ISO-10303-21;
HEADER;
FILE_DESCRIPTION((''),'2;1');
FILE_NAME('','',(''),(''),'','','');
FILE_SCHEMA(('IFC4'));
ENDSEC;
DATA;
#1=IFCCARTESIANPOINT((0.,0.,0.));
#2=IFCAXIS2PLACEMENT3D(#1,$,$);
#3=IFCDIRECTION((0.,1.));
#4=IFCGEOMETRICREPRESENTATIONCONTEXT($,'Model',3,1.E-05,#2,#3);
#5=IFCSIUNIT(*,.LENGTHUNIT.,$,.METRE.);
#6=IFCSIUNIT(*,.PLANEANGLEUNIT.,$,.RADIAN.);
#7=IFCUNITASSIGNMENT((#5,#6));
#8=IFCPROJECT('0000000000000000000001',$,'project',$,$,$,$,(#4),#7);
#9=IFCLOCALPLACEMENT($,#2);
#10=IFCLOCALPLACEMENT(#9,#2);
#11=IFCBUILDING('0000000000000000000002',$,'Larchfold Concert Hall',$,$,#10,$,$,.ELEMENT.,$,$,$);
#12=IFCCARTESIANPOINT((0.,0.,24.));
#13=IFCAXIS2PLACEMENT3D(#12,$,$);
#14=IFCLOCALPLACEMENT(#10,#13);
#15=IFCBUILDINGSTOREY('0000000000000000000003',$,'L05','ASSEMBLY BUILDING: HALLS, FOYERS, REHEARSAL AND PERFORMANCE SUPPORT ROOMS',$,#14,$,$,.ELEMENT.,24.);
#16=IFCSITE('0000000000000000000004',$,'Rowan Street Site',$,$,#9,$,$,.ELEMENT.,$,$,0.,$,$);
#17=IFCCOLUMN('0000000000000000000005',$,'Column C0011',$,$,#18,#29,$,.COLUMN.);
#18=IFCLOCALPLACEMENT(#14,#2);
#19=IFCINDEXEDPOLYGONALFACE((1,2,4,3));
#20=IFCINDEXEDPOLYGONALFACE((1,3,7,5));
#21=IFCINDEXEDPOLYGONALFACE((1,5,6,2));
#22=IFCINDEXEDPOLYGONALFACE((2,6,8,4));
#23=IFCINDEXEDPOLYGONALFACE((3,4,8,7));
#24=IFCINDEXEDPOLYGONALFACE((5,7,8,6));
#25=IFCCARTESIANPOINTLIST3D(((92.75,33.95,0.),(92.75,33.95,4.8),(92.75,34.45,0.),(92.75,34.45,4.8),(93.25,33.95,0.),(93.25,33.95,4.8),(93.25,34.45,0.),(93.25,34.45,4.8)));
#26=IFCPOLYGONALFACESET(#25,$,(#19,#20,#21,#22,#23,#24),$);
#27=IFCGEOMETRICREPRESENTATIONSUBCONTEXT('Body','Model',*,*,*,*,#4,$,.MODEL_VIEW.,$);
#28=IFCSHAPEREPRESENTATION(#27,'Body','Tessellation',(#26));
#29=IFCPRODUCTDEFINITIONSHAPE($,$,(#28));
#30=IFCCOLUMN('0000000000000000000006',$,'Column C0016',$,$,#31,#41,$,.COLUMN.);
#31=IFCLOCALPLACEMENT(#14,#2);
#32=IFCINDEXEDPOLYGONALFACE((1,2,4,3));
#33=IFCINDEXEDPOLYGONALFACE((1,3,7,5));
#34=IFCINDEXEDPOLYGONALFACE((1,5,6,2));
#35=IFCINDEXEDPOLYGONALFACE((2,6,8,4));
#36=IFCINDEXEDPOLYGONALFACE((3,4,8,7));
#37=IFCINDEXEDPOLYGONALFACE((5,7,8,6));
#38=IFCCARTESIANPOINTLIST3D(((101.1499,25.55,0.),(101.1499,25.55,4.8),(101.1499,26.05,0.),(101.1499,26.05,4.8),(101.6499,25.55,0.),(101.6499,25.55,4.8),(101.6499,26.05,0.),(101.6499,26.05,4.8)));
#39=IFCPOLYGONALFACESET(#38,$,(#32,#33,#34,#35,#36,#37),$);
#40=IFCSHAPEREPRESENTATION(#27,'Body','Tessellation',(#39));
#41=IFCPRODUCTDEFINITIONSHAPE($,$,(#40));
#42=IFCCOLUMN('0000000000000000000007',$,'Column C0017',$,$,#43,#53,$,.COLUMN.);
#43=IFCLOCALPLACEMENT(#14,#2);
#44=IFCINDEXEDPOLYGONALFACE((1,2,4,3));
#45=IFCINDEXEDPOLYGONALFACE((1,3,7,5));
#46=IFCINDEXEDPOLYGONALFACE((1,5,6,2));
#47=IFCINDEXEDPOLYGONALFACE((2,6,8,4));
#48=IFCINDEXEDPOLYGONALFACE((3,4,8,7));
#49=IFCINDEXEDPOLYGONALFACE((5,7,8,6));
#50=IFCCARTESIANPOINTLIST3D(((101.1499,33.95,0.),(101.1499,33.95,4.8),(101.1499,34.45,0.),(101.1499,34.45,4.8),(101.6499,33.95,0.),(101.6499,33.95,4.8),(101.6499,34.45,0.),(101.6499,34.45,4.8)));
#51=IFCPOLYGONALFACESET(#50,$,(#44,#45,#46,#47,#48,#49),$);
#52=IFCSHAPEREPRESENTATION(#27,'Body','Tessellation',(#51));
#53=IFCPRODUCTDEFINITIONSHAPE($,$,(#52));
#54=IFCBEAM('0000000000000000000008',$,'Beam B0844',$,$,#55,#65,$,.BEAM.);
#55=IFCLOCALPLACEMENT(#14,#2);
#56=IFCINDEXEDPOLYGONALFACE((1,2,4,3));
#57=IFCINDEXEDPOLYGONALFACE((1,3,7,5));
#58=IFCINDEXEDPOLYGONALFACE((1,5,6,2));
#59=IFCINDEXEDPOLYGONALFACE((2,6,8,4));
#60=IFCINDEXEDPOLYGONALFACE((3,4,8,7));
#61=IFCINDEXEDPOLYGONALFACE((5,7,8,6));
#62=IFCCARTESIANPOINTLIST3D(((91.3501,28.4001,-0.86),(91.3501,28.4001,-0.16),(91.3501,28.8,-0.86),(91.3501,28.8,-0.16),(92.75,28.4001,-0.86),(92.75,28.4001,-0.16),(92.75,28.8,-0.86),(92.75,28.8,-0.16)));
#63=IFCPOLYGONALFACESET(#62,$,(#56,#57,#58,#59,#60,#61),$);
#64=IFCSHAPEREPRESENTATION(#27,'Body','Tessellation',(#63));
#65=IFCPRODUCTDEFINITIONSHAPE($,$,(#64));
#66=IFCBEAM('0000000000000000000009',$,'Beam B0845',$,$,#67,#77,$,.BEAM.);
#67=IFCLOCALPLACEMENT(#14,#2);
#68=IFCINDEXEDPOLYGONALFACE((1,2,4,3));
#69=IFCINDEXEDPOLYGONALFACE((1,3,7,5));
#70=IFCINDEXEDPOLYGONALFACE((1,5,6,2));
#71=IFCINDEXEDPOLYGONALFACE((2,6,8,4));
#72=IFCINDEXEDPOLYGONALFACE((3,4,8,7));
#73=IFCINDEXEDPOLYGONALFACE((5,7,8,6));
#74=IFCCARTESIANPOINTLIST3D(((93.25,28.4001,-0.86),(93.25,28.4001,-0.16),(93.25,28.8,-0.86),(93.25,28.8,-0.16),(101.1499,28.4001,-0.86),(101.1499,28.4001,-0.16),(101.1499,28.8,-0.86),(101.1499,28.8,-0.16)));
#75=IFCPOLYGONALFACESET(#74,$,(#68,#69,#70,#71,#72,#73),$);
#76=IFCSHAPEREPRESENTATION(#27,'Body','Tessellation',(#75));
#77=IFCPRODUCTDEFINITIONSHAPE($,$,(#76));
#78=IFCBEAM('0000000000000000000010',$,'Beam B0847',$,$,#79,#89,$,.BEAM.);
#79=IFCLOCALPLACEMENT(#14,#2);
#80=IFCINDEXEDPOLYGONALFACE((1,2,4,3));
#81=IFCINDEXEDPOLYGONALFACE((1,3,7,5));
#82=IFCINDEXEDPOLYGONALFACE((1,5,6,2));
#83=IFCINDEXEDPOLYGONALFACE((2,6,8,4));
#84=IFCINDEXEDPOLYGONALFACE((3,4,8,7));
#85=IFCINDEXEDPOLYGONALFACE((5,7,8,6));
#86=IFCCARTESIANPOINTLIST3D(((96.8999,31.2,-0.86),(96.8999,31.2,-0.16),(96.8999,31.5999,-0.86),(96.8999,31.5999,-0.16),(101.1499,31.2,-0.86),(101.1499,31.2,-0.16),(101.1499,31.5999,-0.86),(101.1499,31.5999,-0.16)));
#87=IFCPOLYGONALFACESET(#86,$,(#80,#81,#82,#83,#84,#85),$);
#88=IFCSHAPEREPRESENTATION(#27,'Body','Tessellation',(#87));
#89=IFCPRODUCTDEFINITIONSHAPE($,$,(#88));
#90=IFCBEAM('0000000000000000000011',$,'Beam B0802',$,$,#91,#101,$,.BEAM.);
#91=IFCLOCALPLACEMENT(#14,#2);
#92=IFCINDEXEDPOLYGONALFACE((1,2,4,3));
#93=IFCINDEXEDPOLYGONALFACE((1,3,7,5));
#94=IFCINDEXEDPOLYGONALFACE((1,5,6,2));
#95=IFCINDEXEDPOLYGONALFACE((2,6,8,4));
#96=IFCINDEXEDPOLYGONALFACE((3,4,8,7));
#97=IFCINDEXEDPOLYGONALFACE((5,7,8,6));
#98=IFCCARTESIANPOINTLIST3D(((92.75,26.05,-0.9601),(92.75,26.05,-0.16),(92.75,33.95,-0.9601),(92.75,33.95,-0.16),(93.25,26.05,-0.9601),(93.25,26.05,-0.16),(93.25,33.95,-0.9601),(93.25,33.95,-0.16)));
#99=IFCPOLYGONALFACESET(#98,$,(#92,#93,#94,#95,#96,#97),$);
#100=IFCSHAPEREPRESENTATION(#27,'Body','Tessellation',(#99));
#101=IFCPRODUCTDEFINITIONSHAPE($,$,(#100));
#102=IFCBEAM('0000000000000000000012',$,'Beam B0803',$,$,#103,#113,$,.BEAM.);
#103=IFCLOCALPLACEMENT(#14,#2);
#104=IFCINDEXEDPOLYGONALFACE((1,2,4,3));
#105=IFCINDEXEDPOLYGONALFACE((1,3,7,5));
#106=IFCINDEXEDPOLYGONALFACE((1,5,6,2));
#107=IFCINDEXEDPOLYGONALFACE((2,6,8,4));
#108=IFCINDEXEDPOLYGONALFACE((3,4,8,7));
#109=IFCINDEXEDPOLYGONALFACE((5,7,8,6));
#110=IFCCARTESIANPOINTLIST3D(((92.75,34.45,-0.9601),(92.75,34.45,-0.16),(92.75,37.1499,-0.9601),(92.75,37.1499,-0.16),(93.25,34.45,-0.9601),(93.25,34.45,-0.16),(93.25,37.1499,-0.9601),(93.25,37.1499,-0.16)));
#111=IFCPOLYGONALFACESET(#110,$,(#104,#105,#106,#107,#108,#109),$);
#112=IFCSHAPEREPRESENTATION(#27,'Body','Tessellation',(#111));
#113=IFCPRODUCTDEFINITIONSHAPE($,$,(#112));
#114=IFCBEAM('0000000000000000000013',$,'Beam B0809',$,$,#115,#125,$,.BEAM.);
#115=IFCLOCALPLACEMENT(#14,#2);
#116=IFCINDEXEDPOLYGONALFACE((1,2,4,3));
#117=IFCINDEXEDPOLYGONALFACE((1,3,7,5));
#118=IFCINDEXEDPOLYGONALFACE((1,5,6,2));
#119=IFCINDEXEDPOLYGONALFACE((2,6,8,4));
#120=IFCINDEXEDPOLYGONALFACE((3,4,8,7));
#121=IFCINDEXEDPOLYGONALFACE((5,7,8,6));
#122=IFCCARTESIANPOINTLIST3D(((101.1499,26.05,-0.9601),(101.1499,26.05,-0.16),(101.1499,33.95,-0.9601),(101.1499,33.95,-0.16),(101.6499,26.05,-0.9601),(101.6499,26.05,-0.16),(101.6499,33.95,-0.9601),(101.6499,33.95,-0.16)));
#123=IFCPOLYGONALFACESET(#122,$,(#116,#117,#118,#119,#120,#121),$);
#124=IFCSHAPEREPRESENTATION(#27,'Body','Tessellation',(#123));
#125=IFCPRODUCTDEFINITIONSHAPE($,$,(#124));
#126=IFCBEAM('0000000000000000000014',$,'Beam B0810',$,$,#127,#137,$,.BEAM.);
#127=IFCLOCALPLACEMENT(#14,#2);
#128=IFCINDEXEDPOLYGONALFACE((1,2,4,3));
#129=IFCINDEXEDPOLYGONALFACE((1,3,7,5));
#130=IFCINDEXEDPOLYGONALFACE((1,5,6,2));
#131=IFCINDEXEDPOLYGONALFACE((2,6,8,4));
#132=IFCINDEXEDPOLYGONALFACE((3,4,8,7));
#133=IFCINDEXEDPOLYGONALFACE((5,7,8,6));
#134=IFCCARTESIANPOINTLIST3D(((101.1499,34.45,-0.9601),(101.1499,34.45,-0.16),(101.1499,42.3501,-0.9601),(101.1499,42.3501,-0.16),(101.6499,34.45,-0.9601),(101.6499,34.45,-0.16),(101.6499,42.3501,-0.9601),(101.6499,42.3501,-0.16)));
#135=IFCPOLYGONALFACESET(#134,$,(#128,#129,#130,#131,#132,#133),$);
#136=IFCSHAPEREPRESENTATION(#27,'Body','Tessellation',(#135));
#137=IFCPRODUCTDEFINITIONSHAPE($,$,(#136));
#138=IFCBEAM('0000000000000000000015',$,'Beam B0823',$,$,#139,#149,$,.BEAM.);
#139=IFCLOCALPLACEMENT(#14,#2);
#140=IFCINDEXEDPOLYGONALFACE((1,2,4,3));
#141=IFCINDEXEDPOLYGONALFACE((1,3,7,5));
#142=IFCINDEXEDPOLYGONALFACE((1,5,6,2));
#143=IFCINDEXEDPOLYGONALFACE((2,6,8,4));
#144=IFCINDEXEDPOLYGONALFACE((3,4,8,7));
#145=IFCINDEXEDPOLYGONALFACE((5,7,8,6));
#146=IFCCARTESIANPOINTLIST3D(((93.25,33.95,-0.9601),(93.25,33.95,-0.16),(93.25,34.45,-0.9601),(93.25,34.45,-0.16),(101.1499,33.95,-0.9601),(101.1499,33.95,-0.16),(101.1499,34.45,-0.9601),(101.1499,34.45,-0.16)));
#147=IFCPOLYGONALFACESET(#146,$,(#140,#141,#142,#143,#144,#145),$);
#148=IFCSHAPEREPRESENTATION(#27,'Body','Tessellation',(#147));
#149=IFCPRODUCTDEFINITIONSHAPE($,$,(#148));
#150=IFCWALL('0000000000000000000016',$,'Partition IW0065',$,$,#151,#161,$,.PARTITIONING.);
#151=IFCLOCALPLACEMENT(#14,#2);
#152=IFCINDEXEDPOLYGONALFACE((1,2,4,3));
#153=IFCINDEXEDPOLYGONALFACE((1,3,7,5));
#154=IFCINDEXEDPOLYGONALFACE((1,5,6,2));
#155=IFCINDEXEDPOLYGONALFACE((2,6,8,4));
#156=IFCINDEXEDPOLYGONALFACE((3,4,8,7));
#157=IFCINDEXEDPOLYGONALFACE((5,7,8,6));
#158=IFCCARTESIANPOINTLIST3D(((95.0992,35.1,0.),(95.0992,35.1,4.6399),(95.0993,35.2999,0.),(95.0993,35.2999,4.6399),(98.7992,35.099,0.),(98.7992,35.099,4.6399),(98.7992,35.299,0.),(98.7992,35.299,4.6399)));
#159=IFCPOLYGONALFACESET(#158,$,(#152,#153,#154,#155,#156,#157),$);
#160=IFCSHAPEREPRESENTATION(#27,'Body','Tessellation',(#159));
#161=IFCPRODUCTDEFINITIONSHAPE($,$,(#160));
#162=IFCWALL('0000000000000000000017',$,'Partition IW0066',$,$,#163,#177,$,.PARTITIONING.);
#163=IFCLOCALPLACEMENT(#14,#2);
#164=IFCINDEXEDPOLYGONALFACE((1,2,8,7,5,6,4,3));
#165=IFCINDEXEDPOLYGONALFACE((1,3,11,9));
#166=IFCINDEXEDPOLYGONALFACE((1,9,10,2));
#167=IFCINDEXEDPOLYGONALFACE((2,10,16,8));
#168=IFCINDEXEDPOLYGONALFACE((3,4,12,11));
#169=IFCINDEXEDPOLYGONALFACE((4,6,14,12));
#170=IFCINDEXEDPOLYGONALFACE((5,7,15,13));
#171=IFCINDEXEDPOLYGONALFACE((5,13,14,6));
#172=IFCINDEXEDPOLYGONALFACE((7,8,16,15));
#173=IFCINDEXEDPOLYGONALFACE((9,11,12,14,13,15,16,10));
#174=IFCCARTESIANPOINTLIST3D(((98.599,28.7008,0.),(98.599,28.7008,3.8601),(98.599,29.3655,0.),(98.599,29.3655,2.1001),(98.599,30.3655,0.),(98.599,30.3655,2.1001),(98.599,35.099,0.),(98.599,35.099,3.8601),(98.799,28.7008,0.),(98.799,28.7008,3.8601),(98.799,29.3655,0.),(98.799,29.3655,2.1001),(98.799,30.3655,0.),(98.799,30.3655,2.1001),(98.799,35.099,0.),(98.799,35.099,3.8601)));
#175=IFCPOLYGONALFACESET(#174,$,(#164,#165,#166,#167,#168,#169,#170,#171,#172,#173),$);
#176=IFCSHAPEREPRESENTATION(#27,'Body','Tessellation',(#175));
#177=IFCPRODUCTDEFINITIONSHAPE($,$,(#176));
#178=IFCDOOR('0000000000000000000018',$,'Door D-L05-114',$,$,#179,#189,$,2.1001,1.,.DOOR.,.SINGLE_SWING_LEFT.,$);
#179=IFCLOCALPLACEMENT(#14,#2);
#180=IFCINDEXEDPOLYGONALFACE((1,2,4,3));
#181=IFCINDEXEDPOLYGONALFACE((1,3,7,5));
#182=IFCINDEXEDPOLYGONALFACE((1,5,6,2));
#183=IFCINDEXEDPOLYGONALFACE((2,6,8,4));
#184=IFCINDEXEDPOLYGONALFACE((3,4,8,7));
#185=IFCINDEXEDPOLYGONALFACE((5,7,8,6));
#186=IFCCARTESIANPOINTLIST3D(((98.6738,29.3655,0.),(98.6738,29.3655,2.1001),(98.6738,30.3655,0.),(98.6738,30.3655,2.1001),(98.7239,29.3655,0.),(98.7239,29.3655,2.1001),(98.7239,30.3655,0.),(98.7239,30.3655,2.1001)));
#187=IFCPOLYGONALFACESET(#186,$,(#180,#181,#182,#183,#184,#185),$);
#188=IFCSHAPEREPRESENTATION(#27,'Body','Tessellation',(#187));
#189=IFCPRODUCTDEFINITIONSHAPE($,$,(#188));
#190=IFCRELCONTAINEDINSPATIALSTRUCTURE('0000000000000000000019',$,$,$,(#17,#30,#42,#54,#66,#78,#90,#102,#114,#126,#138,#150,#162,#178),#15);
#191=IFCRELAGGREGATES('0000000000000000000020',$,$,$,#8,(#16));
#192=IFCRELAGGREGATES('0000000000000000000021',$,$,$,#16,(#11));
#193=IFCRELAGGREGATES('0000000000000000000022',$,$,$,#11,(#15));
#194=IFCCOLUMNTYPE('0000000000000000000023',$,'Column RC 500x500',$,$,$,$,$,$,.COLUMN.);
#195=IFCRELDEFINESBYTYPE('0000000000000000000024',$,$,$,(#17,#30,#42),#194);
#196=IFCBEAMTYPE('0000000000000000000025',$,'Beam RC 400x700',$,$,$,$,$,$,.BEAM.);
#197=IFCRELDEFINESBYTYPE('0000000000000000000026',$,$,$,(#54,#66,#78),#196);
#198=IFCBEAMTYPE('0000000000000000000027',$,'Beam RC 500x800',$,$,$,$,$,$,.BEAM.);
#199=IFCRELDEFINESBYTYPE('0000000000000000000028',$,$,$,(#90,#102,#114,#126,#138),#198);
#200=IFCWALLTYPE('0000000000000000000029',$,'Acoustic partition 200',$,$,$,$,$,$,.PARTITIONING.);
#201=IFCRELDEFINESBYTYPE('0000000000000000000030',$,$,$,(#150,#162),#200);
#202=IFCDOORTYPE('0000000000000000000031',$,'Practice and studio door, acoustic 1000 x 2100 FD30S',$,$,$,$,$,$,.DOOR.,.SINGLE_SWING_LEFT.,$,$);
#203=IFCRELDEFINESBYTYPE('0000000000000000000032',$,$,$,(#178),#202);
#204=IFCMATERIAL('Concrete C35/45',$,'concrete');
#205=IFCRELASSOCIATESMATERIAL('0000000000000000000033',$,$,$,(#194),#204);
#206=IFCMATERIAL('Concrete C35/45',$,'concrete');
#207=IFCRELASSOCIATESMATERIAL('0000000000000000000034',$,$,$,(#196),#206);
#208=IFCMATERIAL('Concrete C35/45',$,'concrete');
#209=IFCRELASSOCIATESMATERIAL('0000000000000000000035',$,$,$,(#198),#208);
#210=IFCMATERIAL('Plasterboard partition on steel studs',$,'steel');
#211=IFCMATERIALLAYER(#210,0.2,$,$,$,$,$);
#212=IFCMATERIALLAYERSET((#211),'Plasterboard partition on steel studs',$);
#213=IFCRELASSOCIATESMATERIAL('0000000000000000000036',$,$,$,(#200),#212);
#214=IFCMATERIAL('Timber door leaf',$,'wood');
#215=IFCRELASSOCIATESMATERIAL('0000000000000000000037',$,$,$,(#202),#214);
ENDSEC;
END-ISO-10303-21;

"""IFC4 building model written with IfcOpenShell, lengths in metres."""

from ifc_helpers import new_model, si_unit, direction, frame, frame_2d, origin, origin_2d, place, context, subcontext, project, spatial, rectangle, extrude, material, layer, layer_set, material_profile, profile_set, type_object, element, fill, save


model = new_model("IFC4")

# Units and contexts
model_context = context("Model", 3, precision=1e-05, world=origin(), true_north=direction((0.0, 1.0)))
body_context = subcontext(model_context, "Body", "Model", "MODEL_VIEW")
ifc_project = project(units=[si_unit("LENGTHUNIT", "METRE"), si_unit("PLANEANGLEUNIT", "RADIAN")], contexts=[model_context])

# Site, building, storey
site_placement = place(None, origin())
site = spatial("IfcSite", under=ifc_project, at=site_placement, Name="Rowan Street Site", CompositionType="ELEMENT", RefElevation=0.0)
building_placement = place(site_placement, origin())
building = spatial("IfcBuilding", under=site, at=building_placement, Name="Larchfold Concert Hall", CompositionType="ELEMENT")
storey_placement = place(building_placement, frame((0.0, 0.0, 24.0)))
storey = spatial("IfcBuildingStorey", under=building, at=storey_placement, Name="L05", Description="ASSEMBLY BUILDING: HALLS, FOYERS, REHEARSAL AND PERFORMANCE SUPPORT ROOMS", CompositionType="ELEMENT", Elevation=24.0)

# Columns
ifc_material_1 = material(Name="Concrete C35/45", Category="concrete")
ifc_material_profile_1 = material_profile(ifc_material_1, rectangle(XDim=0.5, YDim=0.5, at=origin_2d()))
ifc_profile_set_1 = profile_set([ifc_material_profile_1], Name="Concrete C35/45")
column_type = type_object("IfcColumnType", Name="Column RC 500x500", PredefinedType="COLUMN", material=ifc_profile_set_1)
for number, where, z_axis, x_axis, name in (
    (1, (93.0, 34.2, 0.0), (0.0, 0.0, 1.0), (1.0, 0.0, 0.0), "Column C0011"),
    (2, (101.3999, 25.8, 0.0), (0.0, 0.0, 1.0), (1.0, 0.0, 0.0), "Column C0016"),
    (3, (101.3999, 34.2, 0.0), (0.0, 0.0, 1.0), (1.0, 0.0, 0.0), "Column C0017"),
):
    element("IfcColumn", number, at=place(storey_placement, frame(where, z_axis=z_axis, x_axis=x_axis)), inside=storey, type_object=column_type, Name=name, PredefinedType="COLUMN", context=body_context, shape_type="SweptSolid", body=[
        extrude(rectangle(XDim=0.5, YDim=0.5, at=origin_2d()), origin(), (0.0, 0.0, 1.0), 4.8),
    ])

# Beams
ifc_material_2 = material(Name="Concrete C35/45", Category="concrete")
ifc_material_profile_2 = material_profile(ifc_material_2, rectangle(XDim=0.3999, YDim=0.7, at=origin_2d()))
ifc_profile_set_2 = profile_set([ifc_material_profile_2], Name="Concrete C35/45")
beam_type_1 = type_object("IfcBeamType", Name="Beam RC 400x700", PredefinedType="BEAM", material=ifc_profile_set_2)
beam_1_placement = place(storey_placement, frame((91.3501, 28.6001, -0.51), z_axis=(1.0, 0.0, 0.0), x_axis=(0.0, 1.0, 0.0)))
element("IfcBeam", 4, at=beam_1_placement, inside=storey, type_object=beam_type_1, Name="Beam B0844", PredefinedType="BEAM", context=body_context, shape_type="SweptSolid", body=[
    extrude(rectangle(XDim=0.3999, YDim=0.7, at=origin_2d()), origin(), (0.0, 0.0, 1.0), 1.3999),
])
beam_2_placement = place(storey_placement, frame((93.25, 28.6001, -0.51), z_axis=(1.0, 0.0, 0.0), x_axis=(0.0, 1.0, 0.0)))
element("IfcBeam", 5, at=beam_2_placement, inside=storey, type_object=beam_type_1, Name="Beam B0845", PredefinedType="BEAM", context=body_context, shape_type="SweptSolid", body=[
    extrude(rectangle(XDim=0.3999, YDim=0.7, at=origin_2d()), origin(), (0.0, 0.0, 1.0), 7.8999),
])
beam_3_placement = place(storey_placement, frame((96.8999, 31.3999, -0.51), z_axis=(1.0, 0.0, 0.0), x_axis=(0.0, 1.0, 0.0)))
element("IfcBeam", 6, at=beam_3_placement, inside=storey, type_object=beam_type_1, Name="Beam B0847", PredefinedType="BEAM", context=body_context, shape_type="SweptSolid", body=[
    extrude(rectangle(XDim=0.3999, YDim=0.7, at=origin_2d()), origin(), (0.0, 0.0, 1.0), 4.25),
])
ifc_material_3 = material(Name="Concrete C35/45", Category="concrete")
ifc_material_profile_3 = material_profile(ifc_material_3, rectangle(XDim=0.5, YDim=0.8, at=origin_2d()))
ifc_profile_set_3 = profile_set([ifc_material_profile_3], Name="Concrete C35/45")
beam_type_2 = type_object("IfcBeamType", Name="Beam RC 500x800", PredefinedType="BEAM", material=ifc_profile_set_3)
beam_4_placement = place(storey_placement, frame((93.0, 26.05, -0.5601), z_axis=(0.0, 1.0, 0.0), x_axis=(-1.0, 0.0, 0.0)))
element("IfcBeam", 7, at=beam_4_placement, inside=storey, type_object=beam_type_2, Name="Beam B0802", PredefinedType="BEAM", context=body_context, shape_type="SweptSolid", body=[
    extrude(rectangle(XDim=0.5, YDim=0.8, at=origin_2d()), origin(), (0.0, 0.0, 1.0), 7.8999),
])
beam_5_placement = place(storey_placement, frame((93.0, 34.45, -0.5601), z_axis=(0.0, 1.0, 0.0), x_axis=(-1.0, 0.0, 0.0)))
element("IfcBeam", 8, at=beam_5_placement, inside=storey, type_object=beam_type_2, Name="Beam B0803", PredefinedType="BEAM", context=body_context, shape_type="SweptSolid", body=[
    extrude(rectangle(XDim=0.5, YDim=0.8, at=origin_2d()), origin(), (0.0, 0.0, 1.0), 2.7),
])
beam_6_placement = place(storey_placement, frame((101.3999, 26.05, -0.5601), z_axis=(0.0, 1.0, 0.0), x_axis=(-1.0, 0.0, 0.0)))
element("IfcBeam", 9, at=beam_6_placement, inside=storey, type_object=beam_type_2, Name="Beam B0809", PredefinedType="BEAM", context=body_context, shape_type="SweptSolid", body=[
    extrude(rectangle(XDim=0.5, YDim=0.8, at=origin_2d()), origin(), (0.0, 0.0, 1.0), 7.8999),
])
beam_7_placement = place(storey_placement, frame((101.3999, 34.45, -0.5601), z_axis=(0.0, 1.0, 0.0), x_axis=(-1.0, 0.0, 0.0)))
element("IfcBeam", 10, at=beam_7_placement, inside=storey, type_object=beam_type_2, Name="Beam B0810", PredefinedType="BEAM", context=body_context, shape_type="SweptSolid", body=[
    extrude(rectangle(XDim=0.5, YDim=0.8, at=origin_2d()), origin(), (0.0, 0.0, 1.0), 7.9001),
])
beam_8_placement = place(storey_placement, frame((93.25, 34.2, -0.5601), z_axis=(1.0, 0.0, 0.0), x_axis=(0.0, 1.0, 0.0)))
element("IfcBeam", 11, at=beam_8_placement, inside=storey, type_object=beam_type_2, Name="Beam B0823", PredefinedType="BEAM", context=body_context, shape_type="SweptSolid", body=[
    extrude(rectangle(XDim=0.5, YDim=0.8, at=origin_2d()), origin(), (0.0, 0.0, 1.0), 7.8999),
])

# Wall
ifc_material_4 = material(Name="Plasterboard partition on steel studs", Category="steel")
ifc_layer_1 = layer(ifc_material_4, 0.2)
ifc_layer_set_1 = layer_set([ifc_layer_1], Name="Plasterboard partition on steel studs")
wall_type_1 = type_object("IfcWallType", Name="Acoustic partition 200", PredefinedType="PARTITIONING", material=ifc_layer_set_1)
wall_1_placement = place(storey_placement, frame((95.0991, 35.2, 0.0), z_axis=(0.0, 0.0, 1.0), x_axis=(1.0, -0.000264, 0.0)))
element("IfcWall", 12, at=wall_1_placement, inside=storey, type_object=wall_type_1, Name="Partition IW0065", PredefinedType="PARTITIONING", context=body_context, shape_type="SweptSolid", body=[
    extrude(rectangle(XDim=3.7, YDim=0.2, at=frame_2d((1.8501, 0.0))), origin(), (0.0, 0.0, 1.0), 4.6399),
])

# Wall, opening, door
wall_2_placement = place(storey_placement, frame((98.699, 35.0991, 0.0), z_axis=(0.0, 0.0, 1.0), x_axis=(0.0, -1.0, 0.0)))
wall_2 = element("IfcWall", 13, at=wall_2_placement, inside=storey, type_object=wall_type_1, Name="Partition IW0066", PredefinedType="PARTITIONING", context=body_context, shape_type="SweptSolid", body=[
    extrude(rectangle(XDim=6.3982, YDim=0.2, at=frame_2d((3.1992, 0.0))), origin(), (0.0, 0.0, 1.0), 3.8601),
])
opening_1_placement = place(wall_2_placement, frame((4.7336, 0.0, 0.0)))
opening_1 = element("IfcOpeningElement", 14, at=opening_1_placement, cuts=wall_2, PredefinedType="OPENING", context=body_context, shape_type="SweptSolid", body=[
    extrude(rectangle(XDim=1.0, YDim=2.1001, at=frame_2d((0.5, 1.05))), frame((0.0, 0.1099, 0.0), z_axis=(0.0, -1.0, 0.0), x_axis=(1.0, 0.0, 0.0)), (0.0, 0.0, 1.0), 0.22),
])
ifc_material_5 = material(Name="Timber door leaf", Category="wood")
door_type_1 = type_object("IfcDoorType", Name="Practice and studio door, acoustic 1000 x 2100 FD30S", OperationType="SINGLE_SWING_LEFT", PredefinedType="DOOR", material=ifc_material_5)
door_1_placement = place(opening_1_placement, origin())
door_1 = element("IfcDoor", 15, at=door_1_placement, inside=storey, type_object=door_type_1, Name="Door D-L05-114", OperationType="SINGLE_SWING_LEFT", OverallHeight=2.1001, OverallWidth=1.0, PredefinedType="DOOR", context=body_context, shape_type="SweptSolid", body=[
    extrude(rectangle(XDim=1.0, YDim=2.1001, at=frame_2d((0.5, 1.05))), frame((0.0, 0.0249, 0.0), z_axis=(0.0, -1.0, 0.0), x_axis=(1.0, 0.0, 0.0)), (0.0, 0.0, 1.0), 0.05),
])
fill(opening_1, door_1)

save(model, "model.ifc")
